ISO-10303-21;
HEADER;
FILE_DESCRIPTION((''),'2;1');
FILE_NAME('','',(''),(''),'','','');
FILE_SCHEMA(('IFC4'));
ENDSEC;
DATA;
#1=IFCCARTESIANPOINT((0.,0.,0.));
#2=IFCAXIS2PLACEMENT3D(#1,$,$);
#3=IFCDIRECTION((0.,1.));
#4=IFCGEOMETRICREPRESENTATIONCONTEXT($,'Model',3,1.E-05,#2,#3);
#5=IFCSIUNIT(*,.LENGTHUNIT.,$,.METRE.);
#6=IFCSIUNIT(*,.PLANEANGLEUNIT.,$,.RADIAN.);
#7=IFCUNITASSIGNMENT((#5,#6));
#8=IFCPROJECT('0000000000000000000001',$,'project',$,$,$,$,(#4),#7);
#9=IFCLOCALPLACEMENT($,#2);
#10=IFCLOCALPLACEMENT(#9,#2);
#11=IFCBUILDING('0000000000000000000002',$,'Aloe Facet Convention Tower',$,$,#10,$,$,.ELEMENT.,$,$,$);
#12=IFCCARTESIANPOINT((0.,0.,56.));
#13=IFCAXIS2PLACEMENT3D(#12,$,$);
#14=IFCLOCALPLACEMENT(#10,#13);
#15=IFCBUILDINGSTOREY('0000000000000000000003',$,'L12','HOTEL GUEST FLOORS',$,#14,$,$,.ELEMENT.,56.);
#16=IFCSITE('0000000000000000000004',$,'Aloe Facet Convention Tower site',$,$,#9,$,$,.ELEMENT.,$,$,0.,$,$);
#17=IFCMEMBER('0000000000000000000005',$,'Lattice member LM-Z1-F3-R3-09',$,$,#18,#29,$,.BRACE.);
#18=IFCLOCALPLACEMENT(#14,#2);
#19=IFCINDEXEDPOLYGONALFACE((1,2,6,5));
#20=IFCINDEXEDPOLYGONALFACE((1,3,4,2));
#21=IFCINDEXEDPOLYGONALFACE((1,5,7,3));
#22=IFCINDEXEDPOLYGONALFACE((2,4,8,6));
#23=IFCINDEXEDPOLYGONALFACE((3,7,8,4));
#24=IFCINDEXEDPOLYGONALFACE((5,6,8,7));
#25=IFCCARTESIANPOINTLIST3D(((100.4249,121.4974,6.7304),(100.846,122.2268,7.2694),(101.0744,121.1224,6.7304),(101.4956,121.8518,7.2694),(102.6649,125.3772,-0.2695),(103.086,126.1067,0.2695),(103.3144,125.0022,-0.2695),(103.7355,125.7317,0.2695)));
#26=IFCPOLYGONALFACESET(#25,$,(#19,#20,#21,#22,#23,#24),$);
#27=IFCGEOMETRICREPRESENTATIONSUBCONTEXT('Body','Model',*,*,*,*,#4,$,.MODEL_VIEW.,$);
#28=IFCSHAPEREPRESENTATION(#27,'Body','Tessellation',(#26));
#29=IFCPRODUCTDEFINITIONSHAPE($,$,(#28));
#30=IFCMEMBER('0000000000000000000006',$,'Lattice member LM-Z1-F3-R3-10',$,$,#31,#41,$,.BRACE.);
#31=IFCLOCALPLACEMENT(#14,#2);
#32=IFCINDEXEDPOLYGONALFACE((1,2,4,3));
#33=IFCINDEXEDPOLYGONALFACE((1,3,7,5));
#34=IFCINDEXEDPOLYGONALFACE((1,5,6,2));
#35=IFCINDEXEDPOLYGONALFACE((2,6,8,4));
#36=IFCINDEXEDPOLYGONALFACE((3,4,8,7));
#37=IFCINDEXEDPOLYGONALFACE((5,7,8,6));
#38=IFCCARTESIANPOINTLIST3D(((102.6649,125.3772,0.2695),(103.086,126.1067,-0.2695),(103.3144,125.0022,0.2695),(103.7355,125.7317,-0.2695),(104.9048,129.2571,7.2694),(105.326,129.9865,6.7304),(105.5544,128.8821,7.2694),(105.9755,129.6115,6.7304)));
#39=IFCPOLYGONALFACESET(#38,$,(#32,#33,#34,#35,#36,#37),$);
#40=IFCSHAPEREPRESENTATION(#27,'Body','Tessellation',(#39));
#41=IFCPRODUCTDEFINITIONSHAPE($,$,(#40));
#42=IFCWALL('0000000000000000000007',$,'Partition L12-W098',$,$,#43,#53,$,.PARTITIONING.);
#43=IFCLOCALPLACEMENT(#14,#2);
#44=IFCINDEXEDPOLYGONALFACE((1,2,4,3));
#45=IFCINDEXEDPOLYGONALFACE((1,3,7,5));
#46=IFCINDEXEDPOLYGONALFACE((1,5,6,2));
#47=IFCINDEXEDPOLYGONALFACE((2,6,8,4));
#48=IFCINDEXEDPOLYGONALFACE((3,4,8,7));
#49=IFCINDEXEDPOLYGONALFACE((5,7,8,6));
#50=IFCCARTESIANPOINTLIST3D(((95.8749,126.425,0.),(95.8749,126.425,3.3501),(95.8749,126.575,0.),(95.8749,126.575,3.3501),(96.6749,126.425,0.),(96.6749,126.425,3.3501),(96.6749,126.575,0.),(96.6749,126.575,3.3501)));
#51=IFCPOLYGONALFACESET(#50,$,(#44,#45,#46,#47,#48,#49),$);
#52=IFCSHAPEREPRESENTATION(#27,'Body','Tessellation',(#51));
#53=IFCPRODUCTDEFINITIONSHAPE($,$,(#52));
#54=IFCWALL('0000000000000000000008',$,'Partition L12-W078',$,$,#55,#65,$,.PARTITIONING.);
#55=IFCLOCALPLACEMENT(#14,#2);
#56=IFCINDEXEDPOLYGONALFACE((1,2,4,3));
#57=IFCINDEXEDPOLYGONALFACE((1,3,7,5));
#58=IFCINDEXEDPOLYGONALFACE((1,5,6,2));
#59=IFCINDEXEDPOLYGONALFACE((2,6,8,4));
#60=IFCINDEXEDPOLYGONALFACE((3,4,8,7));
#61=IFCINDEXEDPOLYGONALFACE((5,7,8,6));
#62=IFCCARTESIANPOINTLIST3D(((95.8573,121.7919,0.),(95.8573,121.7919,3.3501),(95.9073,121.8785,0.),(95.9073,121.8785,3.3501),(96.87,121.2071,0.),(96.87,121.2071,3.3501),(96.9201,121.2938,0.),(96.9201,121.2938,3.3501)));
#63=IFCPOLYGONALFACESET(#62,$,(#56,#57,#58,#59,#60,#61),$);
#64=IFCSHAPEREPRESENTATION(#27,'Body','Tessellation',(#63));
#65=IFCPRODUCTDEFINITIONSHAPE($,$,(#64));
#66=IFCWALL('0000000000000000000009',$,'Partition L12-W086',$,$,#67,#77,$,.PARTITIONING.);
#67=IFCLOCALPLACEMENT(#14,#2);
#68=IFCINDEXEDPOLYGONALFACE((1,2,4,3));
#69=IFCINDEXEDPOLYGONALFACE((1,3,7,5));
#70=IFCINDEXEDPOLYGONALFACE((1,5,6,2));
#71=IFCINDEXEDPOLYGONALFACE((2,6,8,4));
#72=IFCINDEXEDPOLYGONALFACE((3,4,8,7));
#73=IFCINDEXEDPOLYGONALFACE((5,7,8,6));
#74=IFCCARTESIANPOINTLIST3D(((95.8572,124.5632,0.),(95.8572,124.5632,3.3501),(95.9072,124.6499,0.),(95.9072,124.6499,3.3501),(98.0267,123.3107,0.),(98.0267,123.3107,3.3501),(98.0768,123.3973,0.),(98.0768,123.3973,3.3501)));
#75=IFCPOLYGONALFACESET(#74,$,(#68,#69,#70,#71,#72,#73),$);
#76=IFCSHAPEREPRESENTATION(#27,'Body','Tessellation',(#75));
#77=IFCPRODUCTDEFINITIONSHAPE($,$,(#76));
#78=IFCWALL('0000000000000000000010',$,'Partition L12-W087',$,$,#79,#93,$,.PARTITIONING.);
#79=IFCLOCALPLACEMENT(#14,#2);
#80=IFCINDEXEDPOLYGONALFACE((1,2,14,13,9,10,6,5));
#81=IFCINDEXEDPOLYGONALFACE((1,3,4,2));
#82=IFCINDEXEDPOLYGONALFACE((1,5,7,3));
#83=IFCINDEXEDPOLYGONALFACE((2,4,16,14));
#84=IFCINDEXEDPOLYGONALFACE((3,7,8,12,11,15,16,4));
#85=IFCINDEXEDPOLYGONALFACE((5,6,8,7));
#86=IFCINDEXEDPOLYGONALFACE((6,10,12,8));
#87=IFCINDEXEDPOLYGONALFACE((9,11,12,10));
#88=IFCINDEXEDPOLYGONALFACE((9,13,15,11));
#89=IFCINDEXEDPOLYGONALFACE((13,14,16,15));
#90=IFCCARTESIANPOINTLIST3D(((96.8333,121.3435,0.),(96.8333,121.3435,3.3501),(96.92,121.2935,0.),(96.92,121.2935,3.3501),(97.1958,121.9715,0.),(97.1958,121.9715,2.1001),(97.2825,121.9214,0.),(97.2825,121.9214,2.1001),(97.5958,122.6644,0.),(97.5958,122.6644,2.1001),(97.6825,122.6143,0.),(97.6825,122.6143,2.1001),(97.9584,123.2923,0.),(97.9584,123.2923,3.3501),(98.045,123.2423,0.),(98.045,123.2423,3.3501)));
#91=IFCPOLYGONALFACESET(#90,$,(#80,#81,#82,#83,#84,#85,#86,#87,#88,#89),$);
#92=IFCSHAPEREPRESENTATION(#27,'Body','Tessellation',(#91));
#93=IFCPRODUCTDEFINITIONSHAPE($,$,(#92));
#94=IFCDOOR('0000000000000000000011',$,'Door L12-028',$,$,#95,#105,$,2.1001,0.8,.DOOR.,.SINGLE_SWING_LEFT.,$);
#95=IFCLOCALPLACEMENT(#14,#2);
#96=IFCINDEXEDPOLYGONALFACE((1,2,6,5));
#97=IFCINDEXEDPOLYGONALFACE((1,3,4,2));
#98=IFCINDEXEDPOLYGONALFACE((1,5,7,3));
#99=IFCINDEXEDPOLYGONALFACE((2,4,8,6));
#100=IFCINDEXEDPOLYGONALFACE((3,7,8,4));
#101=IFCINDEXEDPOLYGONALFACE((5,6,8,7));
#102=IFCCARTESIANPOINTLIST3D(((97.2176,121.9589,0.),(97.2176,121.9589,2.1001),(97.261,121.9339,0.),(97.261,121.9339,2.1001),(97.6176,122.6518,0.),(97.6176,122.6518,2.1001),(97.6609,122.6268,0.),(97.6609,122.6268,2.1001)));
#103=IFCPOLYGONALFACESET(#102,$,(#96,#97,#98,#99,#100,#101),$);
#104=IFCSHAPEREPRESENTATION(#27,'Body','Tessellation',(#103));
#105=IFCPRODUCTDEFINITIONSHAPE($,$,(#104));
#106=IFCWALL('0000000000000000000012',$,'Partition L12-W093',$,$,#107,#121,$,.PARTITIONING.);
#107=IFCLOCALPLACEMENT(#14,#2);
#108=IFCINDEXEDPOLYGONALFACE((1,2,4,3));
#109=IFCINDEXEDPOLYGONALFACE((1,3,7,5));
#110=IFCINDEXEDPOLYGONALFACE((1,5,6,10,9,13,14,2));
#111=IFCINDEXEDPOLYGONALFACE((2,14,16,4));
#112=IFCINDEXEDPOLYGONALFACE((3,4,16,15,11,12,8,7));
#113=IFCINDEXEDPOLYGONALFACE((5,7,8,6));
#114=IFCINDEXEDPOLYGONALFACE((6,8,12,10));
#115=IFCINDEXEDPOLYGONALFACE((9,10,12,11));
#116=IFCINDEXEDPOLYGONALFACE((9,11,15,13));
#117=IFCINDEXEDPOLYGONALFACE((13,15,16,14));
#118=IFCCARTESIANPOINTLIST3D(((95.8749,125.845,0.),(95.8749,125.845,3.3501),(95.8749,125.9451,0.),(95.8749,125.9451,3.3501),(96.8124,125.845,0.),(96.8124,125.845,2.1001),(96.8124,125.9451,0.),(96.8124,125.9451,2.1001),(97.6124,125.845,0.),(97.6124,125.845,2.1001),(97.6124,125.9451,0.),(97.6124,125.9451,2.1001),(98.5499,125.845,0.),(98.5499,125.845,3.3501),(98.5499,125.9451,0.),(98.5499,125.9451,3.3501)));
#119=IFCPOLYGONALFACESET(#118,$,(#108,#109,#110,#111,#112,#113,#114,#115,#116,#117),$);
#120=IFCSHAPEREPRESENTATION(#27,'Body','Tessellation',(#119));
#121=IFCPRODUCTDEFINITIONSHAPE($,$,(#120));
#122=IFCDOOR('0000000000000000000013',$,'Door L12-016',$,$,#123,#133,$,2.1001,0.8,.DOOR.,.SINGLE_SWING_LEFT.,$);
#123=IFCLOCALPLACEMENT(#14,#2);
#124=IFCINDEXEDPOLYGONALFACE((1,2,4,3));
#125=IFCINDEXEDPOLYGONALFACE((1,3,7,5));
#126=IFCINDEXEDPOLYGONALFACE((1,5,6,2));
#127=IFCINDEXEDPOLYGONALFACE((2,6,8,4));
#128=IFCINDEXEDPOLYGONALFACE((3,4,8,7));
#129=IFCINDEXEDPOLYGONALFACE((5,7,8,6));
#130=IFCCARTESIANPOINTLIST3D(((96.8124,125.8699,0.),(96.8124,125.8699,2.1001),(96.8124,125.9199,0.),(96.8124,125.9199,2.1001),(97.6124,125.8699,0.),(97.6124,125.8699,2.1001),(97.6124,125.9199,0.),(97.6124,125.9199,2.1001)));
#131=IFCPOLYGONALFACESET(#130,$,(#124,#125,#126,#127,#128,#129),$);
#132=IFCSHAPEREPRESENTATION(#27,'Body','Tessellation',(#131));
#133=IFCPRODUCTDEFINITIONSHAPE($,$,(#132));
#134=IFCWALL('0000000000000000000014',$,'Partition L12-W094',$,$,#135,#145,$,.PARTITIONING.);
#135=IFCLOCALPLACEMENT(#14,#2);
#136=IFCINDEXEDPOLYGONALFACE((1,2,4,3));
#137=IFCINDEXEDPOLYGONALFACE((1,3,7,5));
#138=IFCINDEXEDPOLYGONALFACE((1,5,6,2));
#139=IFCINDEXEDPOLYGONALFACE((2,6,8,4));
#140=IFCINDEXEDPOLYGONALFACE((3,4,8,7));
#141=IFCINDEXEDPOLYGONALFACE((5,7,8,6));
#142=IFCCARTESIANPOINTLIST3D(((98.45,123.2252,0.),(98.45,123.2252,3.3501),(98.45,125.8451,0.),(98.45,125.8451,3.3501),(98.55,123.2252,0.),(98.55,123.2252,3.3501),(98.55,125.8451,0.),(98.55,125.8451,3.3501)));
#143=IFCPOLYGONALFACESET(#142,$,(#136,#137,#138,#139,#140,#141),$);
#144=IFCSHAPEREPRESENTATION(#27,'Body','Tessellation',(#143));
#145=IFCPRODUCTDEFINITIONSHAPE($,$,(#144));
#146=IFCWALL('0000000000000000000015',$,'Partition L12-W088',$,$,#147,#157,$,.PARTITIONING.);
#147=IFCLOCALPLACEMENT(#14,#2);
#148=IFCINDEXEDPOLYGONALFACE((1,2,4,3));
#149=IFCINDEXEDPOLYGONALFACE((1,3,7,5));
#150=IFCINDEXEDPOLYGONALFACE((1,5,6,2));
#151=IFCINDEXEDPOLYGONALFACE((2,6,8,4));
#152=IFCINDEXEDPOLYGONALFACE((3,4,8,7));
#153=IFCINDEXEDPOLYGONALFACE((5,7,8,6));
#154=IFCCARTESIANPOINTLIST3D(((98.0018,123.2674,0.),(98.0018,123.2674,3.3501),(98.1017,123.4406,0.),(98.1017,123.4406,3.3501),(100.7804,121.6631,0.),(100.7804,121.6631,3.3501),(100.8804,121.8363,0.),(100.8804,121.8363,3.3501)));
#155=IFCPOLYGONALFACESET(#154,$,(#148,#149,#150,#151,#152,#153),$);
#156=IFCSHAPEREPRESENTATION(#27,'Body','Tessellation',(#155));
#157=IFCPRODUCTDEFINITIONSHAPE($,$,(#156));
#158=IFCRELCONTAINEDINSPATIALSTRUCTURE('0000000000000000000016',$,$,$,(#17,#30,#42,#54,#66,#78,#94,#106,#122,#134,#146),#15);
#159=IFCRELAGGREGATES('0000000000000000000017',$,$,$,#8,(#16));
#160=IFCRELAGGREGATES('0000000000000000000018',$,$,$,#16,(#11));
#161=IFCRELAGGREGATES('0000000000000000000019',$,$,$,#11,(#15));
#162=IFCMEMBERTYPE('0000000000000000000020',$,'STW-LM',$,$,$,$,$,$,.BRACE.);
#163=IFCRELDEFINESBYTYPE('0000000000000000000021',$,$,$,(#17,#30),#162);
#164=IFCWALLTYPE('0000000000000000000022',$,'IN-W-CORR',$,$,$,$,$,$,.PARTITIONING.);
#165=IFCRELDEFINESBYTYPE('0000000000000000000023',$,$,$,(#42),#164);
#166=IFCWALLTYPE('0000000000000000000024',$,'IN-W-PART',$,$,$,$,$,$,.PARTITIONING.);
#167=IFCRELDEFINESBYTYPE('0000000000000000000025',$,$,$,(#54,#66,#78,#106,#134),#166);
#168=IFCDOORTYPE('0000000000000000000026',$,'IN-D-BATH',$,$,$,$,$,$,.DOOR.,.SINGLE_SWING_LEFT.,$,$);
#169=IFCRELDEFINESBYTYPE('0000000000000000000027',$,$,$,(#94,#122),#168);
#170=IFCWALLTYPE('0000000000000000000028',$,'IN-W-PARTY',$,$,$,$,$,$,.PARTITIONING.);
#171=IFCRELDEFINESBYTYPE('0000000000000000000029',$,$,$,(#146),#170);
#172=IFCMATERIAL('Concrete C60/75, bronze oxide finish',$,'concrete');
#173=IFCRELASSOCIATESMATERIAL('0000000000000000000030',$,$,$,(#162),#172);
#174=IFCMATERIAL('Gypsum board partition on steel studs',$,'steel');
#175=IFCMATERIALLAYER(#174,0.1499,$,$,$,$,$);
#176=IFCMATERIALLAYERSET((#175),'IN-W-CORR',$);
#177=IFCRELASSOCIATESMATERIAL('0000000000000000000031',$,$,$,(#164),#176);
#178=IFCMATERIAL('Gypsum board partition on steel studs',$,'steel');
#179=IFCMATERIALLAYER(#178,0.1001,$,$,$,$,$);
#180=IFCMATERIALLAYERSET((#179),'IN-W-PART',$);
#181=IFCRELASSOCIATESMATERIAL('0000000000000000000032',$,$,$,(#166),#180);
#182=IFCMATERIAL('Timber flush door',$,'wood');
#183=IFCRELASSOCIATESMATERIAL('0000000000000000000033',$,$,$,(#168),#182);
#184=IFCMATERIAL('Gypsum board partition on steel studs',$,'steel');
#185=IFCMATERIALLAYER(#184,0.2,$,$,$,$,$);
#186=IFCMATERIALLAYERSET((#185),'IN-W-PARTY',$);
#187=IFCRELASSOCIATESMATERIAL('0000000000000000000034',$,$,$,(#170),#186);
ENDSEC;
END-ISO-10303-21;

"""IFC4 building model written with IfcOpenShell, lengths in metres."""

from ifc_helpers import new_model, si_unit, direction, frame, frame_2d, origin, origin_2d, place, context, subcontext, project, spatial, rectangle, extrude, material, layer, layer_set, material_profile, profile_set, type_object, element, fill, save


model = new_model("IFC4")

# Units and contexts
model_context = context("Model", 3, precision=1e-05, world=origin(), true_north=direction((0.0, 1.0)))
body_context = subcontext(model_context, "Body", "Model", "MODEL_VIEW")
ifc_project = project(units=[si_unit("LENGTHUNIT", "METRE"), si_unit("PLANEANGLEUNIT", "RADIAN")], contexts=[model_context])

# Site, building, storey
site_placement = place(None, origin())
site = spatial("IfcSite", under=ifc_project, at=site_placement, Name="Aloe Facet Convention Tower site", CompositionType="ELEMENT", RefElevation=0.0)
building_placement = place(site_placement, origin())
building = spatial("IfcBuilding", under=site, at=building_placement, Name="Aloe Facet Convention Tower", CompositionType="ELEMENT")
storey_placement = place(building_placement, frame((0.0, 0.0, 56.0)))
storey = spatial("IfcBuildingStorey", under=building, at=storey_placement, Name="L12", Description="HOTEL GUEST FLOORS", CompositionType="ELEMENT", Elevation=56.0)

# Members
ifc_material_1 = material(Name="Concrete C60/75, bronze oxide finish", Category="concrete")
ifc_material_profile = material_profile(ifc_material_1, rectangle(XDim=0.75, YDim=1.0, at=origin_2d()), Name="STW-LM")
ifc_profile_set = profile_set([ifc_material_profile], Name="Concrete C60/75, bronze oxide finish")
member_type = type_object("IfcMemberType", Name="STW-LM", PredefinedType="BRACE", material=ifc_profile_set)
for number, where, z_axis, x_axis, name in (
    (1, (103.2002, 125.5544, 0.0), (-0.269524, -0.466843, 0.842267), (0.866031, -0.49999, 0.0), "Lattice member LM-Z1-F3-R3-09"),
    (2, (103.2002, 125.5544, 0.0), (0.269524, 0.466843, 0.842267), (-0.866031, 0.49999, 0.0), "Lattice member LM-Z1-F3-R3-10"),
):
    element("IfcMember", number, at=place(storey_placement, frame(where, z_axis=z_axis, x_axis=x_axis)), inside=storey, type_object=member_type, Name=name, PredefinedType="BRACE", context=body_context, shape_type="SweptSolid", body=[
        extrude(rectangle(XDim=0.75, YDim=1.0, at=origin_2d()), origin(), (0.0, 0.0, 1.0), 8.3108),
    ])

# Walls
ifc_material_2 = material(Name="Gypsum board partition on steel studs", Category="steel")
ifc_layer_1 = layer(ifc_material_2, 0.1499)
ifc_layer_set_1 = layer_set([ifc_layer_1], Name="IN-W-CORR")
wall_type_1 = type_object("IfcWallType", Name="IN-W-CORR", PredefinedType="PARTITIONING", material=ifc_layer_set_1)
wall_1_placement = place(storey_placement, frame((95.875, 126.5, 0.0), z_axis=(0.0, 0.0, 1.0), x_axis=(1.0, 0.0, 0.0)))
element("IfcWall", 3, at=wall_1_placement, inside=storey, type_object=wall_type_1, Name="Partition L12-W098", PredefinedType="PARTITIONING", context=body_context, shape_type="SweptSolid", body=[
    extrude(rectangle(XDim=0.8, YDim=0.1499, at=frame_2d((0.3999, 0.0))), origin(), (0.0, 0.0, 1.0), 3.3501),
])
ifc_material_3 = material(Name="Gypsum board partition on steel studs", Category="steel")
ifc_layer_2 = layer(ifc_material_3, 0.1001)
ifc_layer_set_2 = layer_set([ifc_layer_2], Name="IN-W-PART")
wall_type_2 = type_object("IfcWallType", Name="IN-W-PART", PredefinedType="PARTITIONING", material=ifc_layer_set_2)
wall_2_placement = place(storey_placement, frame((95.8823, 121.8352, 0.0), z_axis=(0.0, 0.0, 1.0), x_axis=(0.866012, -0.500024, 0.0)))
element("IfcWall", 4, at=wall_2_placement, inside=storey, type_object=wall_type_2, Name="Partition L12-W078", PredefinedType="PARTITIONING", context=body_context, shape_type="SweptSolid", body=[
    extrude(rectangle(XDim=1.1694, YDim=0.1001, at=frame_2d((0.5847, 0.0))), origin(), (0.0, 0.0, 1.0), 3.3501),
])
wall_3_placement = place(storey_placement, frame((95.8823, 124.6064, 0.0), z_axis=(0.0, 0.0, 1.0), x_axis=(0.86604, -0.499976, 0.0)))
element("IfcWall", 5, at=wall_3_placement, inside=storey, type_object=wall_type_2, Name="Partition L12-W086", PredefinedType="PARTITIONING", context=body_context, shape_type="SweptSolid", body=[
    extrude(rectangle(XDim=2.5051, YDim=0.1001, at=frame_2d((1.2524, 0.0))), origin(), (0.0, 0.0, 1.0), 3.3501),
])

# Walls, openings, doors
wall_4_placement = place(storey_placement, frame((96.8767, 121.3186, 0.0), z_axis=(0.0, 0.0, 1.0), x_axis=(0.499967, 0.866045, 0.0)))
wall_4 = element("IfcWall", 6, at=wall_4_placement, inside=storey, type_object=wall_type_2, Name="Partition L12-W087", PredefinedType="PARTITIONING", context=body_context, shape_type="SweptSolid", body=[
    extrude(rectangle(XDim=2.2502, YDim=0.1001, at=frame_2d((1.125, 0.0))), origin(), (0.0, 0.0, 1.0), 3.3501),
])
opening_1_placement = place(wall_4_placement, frame((0.7251, 0.0, 0.0)))
opening_1 = element("IfcOpeningElement", 7, at=opening_1_placement, cuts=wall_4, PredefinedType="OPENING", context=body_context, shape_type="SweptSolid", body=[
    extrude(rectangle(XDim=0.8, YDim=2.1001, at=frame_2d((0.3999, 1.05))), frame((0.0, 0.0601, 0.0), z_axis=(0.0, -1.0, 0.0), x_axis=(1.0, 0.0, 0.0)), (0.0, 0.0, 1.0), 0.1201),
])
ifc_material_4 = material(Name="Timber flush door", Category="wood")
door_type = type_object("IfcDoorType", Name="IN-D-BATH", OperationType="SINGLE_SWING_LEFT", PredefinedType="DOOR", material=ifc_material_4)
door_1_placement = place(opening_1_placement, origin())
door_1 = element("IfcDoor", 8, at=door_1_placement, inside=storey, type_object=door_type, Name="Door L12-028", OperationType="SINGLE_SWING_LEFT", OverallHeight=2.1001, OverallWidth=0.8, PredefinedType="DOOR", context=body_context, shape_type="SweptSolid", body=[
    extrude(rectangle(XDim=0.8, YDim=2.1001, at=frame_2d((0.3999, 1.05))), frame((0.0, 0.0249, 0.0), z_axis=(0.0, -1.0, 0.0), x_axis=(1.0, 0.0, 0.0)), (0.0, 0.0, 1.0), 0.05),
])
fill(opening_1, door_1)
wall_5_placement = place(storey_placement, frame((95.875, 125.895, 0.0), z_axis=(0.0, 0.0, 1.0), x_axis=(1.0, 0.0, 0.0)))
wall_5 = element("IfcWall", 9, at=wall_5_placement, inside=storey, type_object=wall_type_2, Name="Partition L12-W093", PredefinedType="PARTITIONING", context=body_context, shape_type="SweptSolid", body=[
    extrude(rectangle(XDim=2.675, YDim=0.1001, at=frame_2d((1.3374, 0.0))), origin(), (0.0, 0.0, 1.0), 3.3501),
])
opening_2_placement = place(wall_5_placement, frame((0.9375, 0.0, 0.0)))
opening_2 = element("IfcOpeningElement", 10, at=opening_2_placement, cuts=wall_5, PredefinedType="OPENING", context=body_context, shape_type="SweptSolid", body=[
    extrude(rectangle(XDim=0.8, YDim=2.1001, at=frame_2d((0.3999, 1.05))), frame((0.0, 0.0601, 0.0), z_axis=(0.0, -1.0, 0.0), x_axis=(1.0, 0.0, 0.0)), (0.0, 0.0, 1.0), 0.1201),
])
door_2_placement = place(opening_2_placement, origin())
door_2 = element("IfcDoor", 11, at=door_2_placement, inside=storey, type_object=door_type, Name="Door L12-016", OperationType="SINGLE_SWING_LEFT", OverallHeight=2.1001, OverallWidth=0.8, PredefinedType="DOOR", context=body_context, shape_type="SweptSolid", body=[
    extrude(rectangle(XDim=0.8, YDim=2.1001, at=frame_2d((0.3999, 1.05))), frame((0.0, 0.0249, 0.0), z_axis=(0.0, -1.0, 0.0), x_axis=(1.0, 0.0, 0.0)), (0.0, 0.0, 1.0), 0.05),
])
fill(opening_2, door_2)

# Walls
wall_6_placement = place(storey_placement, frame((98.5, 123.2251, 0.0), z_axis=(0.0, 0.0, 1.0), x_axis=(0.0, 1.0, 0.0)))
element("IfcWall", 12, at=wall_6_placement, inside=storey, type_object=wall_type_2, Name="Partition L12-W094", PredefinedType="PARTITIONING", context=body_context, shape_type="SweptSolid", body=[
    extrude(rectangle(XDim=2.6199, YDim=0.1001, at=frame_2d((1.3101, 0.0))), origin(), (0.0, 0.0, 1.0), 3.3501),
])
ifc_material_5 = material(Name="Gypsum board partition on steel studs", Category="steel")
ifc_layer_3 = layer(ifc_material_5, 0.2)
ifc_layer_set_3 = layer_set([ifc_layer_3], Name="IN-W-PARTY")
wall_type_3 = type_object("IfcWallType", Name="IN-W-PARTY", PredefinedType="PARTITIONING", material=ifc_layer_set_3)
wall_7_placement = place(storey_placement, frame((98.0518, 123.354, 0.0), z_axis=(0.0, 0.0, 1.0), x_axis=(0.86602, -0.50001, 0.0)))
element("IfcWall", 13, at=wall_7_placement, inside=storey, type_object=wall_type_3, Name="Partition L12-W088", PredefinedType="PARTITIONING", context=body_context, shape_type="SweptSolid", body=[
    extrude(rectangle(XDim=3.2085, YDim=0.2, at=frame_2d((1.6042, 0.0))), origin(), (0.0, 0.0, 1.0), 3.3501),
])

save(model, "model.ifc")
